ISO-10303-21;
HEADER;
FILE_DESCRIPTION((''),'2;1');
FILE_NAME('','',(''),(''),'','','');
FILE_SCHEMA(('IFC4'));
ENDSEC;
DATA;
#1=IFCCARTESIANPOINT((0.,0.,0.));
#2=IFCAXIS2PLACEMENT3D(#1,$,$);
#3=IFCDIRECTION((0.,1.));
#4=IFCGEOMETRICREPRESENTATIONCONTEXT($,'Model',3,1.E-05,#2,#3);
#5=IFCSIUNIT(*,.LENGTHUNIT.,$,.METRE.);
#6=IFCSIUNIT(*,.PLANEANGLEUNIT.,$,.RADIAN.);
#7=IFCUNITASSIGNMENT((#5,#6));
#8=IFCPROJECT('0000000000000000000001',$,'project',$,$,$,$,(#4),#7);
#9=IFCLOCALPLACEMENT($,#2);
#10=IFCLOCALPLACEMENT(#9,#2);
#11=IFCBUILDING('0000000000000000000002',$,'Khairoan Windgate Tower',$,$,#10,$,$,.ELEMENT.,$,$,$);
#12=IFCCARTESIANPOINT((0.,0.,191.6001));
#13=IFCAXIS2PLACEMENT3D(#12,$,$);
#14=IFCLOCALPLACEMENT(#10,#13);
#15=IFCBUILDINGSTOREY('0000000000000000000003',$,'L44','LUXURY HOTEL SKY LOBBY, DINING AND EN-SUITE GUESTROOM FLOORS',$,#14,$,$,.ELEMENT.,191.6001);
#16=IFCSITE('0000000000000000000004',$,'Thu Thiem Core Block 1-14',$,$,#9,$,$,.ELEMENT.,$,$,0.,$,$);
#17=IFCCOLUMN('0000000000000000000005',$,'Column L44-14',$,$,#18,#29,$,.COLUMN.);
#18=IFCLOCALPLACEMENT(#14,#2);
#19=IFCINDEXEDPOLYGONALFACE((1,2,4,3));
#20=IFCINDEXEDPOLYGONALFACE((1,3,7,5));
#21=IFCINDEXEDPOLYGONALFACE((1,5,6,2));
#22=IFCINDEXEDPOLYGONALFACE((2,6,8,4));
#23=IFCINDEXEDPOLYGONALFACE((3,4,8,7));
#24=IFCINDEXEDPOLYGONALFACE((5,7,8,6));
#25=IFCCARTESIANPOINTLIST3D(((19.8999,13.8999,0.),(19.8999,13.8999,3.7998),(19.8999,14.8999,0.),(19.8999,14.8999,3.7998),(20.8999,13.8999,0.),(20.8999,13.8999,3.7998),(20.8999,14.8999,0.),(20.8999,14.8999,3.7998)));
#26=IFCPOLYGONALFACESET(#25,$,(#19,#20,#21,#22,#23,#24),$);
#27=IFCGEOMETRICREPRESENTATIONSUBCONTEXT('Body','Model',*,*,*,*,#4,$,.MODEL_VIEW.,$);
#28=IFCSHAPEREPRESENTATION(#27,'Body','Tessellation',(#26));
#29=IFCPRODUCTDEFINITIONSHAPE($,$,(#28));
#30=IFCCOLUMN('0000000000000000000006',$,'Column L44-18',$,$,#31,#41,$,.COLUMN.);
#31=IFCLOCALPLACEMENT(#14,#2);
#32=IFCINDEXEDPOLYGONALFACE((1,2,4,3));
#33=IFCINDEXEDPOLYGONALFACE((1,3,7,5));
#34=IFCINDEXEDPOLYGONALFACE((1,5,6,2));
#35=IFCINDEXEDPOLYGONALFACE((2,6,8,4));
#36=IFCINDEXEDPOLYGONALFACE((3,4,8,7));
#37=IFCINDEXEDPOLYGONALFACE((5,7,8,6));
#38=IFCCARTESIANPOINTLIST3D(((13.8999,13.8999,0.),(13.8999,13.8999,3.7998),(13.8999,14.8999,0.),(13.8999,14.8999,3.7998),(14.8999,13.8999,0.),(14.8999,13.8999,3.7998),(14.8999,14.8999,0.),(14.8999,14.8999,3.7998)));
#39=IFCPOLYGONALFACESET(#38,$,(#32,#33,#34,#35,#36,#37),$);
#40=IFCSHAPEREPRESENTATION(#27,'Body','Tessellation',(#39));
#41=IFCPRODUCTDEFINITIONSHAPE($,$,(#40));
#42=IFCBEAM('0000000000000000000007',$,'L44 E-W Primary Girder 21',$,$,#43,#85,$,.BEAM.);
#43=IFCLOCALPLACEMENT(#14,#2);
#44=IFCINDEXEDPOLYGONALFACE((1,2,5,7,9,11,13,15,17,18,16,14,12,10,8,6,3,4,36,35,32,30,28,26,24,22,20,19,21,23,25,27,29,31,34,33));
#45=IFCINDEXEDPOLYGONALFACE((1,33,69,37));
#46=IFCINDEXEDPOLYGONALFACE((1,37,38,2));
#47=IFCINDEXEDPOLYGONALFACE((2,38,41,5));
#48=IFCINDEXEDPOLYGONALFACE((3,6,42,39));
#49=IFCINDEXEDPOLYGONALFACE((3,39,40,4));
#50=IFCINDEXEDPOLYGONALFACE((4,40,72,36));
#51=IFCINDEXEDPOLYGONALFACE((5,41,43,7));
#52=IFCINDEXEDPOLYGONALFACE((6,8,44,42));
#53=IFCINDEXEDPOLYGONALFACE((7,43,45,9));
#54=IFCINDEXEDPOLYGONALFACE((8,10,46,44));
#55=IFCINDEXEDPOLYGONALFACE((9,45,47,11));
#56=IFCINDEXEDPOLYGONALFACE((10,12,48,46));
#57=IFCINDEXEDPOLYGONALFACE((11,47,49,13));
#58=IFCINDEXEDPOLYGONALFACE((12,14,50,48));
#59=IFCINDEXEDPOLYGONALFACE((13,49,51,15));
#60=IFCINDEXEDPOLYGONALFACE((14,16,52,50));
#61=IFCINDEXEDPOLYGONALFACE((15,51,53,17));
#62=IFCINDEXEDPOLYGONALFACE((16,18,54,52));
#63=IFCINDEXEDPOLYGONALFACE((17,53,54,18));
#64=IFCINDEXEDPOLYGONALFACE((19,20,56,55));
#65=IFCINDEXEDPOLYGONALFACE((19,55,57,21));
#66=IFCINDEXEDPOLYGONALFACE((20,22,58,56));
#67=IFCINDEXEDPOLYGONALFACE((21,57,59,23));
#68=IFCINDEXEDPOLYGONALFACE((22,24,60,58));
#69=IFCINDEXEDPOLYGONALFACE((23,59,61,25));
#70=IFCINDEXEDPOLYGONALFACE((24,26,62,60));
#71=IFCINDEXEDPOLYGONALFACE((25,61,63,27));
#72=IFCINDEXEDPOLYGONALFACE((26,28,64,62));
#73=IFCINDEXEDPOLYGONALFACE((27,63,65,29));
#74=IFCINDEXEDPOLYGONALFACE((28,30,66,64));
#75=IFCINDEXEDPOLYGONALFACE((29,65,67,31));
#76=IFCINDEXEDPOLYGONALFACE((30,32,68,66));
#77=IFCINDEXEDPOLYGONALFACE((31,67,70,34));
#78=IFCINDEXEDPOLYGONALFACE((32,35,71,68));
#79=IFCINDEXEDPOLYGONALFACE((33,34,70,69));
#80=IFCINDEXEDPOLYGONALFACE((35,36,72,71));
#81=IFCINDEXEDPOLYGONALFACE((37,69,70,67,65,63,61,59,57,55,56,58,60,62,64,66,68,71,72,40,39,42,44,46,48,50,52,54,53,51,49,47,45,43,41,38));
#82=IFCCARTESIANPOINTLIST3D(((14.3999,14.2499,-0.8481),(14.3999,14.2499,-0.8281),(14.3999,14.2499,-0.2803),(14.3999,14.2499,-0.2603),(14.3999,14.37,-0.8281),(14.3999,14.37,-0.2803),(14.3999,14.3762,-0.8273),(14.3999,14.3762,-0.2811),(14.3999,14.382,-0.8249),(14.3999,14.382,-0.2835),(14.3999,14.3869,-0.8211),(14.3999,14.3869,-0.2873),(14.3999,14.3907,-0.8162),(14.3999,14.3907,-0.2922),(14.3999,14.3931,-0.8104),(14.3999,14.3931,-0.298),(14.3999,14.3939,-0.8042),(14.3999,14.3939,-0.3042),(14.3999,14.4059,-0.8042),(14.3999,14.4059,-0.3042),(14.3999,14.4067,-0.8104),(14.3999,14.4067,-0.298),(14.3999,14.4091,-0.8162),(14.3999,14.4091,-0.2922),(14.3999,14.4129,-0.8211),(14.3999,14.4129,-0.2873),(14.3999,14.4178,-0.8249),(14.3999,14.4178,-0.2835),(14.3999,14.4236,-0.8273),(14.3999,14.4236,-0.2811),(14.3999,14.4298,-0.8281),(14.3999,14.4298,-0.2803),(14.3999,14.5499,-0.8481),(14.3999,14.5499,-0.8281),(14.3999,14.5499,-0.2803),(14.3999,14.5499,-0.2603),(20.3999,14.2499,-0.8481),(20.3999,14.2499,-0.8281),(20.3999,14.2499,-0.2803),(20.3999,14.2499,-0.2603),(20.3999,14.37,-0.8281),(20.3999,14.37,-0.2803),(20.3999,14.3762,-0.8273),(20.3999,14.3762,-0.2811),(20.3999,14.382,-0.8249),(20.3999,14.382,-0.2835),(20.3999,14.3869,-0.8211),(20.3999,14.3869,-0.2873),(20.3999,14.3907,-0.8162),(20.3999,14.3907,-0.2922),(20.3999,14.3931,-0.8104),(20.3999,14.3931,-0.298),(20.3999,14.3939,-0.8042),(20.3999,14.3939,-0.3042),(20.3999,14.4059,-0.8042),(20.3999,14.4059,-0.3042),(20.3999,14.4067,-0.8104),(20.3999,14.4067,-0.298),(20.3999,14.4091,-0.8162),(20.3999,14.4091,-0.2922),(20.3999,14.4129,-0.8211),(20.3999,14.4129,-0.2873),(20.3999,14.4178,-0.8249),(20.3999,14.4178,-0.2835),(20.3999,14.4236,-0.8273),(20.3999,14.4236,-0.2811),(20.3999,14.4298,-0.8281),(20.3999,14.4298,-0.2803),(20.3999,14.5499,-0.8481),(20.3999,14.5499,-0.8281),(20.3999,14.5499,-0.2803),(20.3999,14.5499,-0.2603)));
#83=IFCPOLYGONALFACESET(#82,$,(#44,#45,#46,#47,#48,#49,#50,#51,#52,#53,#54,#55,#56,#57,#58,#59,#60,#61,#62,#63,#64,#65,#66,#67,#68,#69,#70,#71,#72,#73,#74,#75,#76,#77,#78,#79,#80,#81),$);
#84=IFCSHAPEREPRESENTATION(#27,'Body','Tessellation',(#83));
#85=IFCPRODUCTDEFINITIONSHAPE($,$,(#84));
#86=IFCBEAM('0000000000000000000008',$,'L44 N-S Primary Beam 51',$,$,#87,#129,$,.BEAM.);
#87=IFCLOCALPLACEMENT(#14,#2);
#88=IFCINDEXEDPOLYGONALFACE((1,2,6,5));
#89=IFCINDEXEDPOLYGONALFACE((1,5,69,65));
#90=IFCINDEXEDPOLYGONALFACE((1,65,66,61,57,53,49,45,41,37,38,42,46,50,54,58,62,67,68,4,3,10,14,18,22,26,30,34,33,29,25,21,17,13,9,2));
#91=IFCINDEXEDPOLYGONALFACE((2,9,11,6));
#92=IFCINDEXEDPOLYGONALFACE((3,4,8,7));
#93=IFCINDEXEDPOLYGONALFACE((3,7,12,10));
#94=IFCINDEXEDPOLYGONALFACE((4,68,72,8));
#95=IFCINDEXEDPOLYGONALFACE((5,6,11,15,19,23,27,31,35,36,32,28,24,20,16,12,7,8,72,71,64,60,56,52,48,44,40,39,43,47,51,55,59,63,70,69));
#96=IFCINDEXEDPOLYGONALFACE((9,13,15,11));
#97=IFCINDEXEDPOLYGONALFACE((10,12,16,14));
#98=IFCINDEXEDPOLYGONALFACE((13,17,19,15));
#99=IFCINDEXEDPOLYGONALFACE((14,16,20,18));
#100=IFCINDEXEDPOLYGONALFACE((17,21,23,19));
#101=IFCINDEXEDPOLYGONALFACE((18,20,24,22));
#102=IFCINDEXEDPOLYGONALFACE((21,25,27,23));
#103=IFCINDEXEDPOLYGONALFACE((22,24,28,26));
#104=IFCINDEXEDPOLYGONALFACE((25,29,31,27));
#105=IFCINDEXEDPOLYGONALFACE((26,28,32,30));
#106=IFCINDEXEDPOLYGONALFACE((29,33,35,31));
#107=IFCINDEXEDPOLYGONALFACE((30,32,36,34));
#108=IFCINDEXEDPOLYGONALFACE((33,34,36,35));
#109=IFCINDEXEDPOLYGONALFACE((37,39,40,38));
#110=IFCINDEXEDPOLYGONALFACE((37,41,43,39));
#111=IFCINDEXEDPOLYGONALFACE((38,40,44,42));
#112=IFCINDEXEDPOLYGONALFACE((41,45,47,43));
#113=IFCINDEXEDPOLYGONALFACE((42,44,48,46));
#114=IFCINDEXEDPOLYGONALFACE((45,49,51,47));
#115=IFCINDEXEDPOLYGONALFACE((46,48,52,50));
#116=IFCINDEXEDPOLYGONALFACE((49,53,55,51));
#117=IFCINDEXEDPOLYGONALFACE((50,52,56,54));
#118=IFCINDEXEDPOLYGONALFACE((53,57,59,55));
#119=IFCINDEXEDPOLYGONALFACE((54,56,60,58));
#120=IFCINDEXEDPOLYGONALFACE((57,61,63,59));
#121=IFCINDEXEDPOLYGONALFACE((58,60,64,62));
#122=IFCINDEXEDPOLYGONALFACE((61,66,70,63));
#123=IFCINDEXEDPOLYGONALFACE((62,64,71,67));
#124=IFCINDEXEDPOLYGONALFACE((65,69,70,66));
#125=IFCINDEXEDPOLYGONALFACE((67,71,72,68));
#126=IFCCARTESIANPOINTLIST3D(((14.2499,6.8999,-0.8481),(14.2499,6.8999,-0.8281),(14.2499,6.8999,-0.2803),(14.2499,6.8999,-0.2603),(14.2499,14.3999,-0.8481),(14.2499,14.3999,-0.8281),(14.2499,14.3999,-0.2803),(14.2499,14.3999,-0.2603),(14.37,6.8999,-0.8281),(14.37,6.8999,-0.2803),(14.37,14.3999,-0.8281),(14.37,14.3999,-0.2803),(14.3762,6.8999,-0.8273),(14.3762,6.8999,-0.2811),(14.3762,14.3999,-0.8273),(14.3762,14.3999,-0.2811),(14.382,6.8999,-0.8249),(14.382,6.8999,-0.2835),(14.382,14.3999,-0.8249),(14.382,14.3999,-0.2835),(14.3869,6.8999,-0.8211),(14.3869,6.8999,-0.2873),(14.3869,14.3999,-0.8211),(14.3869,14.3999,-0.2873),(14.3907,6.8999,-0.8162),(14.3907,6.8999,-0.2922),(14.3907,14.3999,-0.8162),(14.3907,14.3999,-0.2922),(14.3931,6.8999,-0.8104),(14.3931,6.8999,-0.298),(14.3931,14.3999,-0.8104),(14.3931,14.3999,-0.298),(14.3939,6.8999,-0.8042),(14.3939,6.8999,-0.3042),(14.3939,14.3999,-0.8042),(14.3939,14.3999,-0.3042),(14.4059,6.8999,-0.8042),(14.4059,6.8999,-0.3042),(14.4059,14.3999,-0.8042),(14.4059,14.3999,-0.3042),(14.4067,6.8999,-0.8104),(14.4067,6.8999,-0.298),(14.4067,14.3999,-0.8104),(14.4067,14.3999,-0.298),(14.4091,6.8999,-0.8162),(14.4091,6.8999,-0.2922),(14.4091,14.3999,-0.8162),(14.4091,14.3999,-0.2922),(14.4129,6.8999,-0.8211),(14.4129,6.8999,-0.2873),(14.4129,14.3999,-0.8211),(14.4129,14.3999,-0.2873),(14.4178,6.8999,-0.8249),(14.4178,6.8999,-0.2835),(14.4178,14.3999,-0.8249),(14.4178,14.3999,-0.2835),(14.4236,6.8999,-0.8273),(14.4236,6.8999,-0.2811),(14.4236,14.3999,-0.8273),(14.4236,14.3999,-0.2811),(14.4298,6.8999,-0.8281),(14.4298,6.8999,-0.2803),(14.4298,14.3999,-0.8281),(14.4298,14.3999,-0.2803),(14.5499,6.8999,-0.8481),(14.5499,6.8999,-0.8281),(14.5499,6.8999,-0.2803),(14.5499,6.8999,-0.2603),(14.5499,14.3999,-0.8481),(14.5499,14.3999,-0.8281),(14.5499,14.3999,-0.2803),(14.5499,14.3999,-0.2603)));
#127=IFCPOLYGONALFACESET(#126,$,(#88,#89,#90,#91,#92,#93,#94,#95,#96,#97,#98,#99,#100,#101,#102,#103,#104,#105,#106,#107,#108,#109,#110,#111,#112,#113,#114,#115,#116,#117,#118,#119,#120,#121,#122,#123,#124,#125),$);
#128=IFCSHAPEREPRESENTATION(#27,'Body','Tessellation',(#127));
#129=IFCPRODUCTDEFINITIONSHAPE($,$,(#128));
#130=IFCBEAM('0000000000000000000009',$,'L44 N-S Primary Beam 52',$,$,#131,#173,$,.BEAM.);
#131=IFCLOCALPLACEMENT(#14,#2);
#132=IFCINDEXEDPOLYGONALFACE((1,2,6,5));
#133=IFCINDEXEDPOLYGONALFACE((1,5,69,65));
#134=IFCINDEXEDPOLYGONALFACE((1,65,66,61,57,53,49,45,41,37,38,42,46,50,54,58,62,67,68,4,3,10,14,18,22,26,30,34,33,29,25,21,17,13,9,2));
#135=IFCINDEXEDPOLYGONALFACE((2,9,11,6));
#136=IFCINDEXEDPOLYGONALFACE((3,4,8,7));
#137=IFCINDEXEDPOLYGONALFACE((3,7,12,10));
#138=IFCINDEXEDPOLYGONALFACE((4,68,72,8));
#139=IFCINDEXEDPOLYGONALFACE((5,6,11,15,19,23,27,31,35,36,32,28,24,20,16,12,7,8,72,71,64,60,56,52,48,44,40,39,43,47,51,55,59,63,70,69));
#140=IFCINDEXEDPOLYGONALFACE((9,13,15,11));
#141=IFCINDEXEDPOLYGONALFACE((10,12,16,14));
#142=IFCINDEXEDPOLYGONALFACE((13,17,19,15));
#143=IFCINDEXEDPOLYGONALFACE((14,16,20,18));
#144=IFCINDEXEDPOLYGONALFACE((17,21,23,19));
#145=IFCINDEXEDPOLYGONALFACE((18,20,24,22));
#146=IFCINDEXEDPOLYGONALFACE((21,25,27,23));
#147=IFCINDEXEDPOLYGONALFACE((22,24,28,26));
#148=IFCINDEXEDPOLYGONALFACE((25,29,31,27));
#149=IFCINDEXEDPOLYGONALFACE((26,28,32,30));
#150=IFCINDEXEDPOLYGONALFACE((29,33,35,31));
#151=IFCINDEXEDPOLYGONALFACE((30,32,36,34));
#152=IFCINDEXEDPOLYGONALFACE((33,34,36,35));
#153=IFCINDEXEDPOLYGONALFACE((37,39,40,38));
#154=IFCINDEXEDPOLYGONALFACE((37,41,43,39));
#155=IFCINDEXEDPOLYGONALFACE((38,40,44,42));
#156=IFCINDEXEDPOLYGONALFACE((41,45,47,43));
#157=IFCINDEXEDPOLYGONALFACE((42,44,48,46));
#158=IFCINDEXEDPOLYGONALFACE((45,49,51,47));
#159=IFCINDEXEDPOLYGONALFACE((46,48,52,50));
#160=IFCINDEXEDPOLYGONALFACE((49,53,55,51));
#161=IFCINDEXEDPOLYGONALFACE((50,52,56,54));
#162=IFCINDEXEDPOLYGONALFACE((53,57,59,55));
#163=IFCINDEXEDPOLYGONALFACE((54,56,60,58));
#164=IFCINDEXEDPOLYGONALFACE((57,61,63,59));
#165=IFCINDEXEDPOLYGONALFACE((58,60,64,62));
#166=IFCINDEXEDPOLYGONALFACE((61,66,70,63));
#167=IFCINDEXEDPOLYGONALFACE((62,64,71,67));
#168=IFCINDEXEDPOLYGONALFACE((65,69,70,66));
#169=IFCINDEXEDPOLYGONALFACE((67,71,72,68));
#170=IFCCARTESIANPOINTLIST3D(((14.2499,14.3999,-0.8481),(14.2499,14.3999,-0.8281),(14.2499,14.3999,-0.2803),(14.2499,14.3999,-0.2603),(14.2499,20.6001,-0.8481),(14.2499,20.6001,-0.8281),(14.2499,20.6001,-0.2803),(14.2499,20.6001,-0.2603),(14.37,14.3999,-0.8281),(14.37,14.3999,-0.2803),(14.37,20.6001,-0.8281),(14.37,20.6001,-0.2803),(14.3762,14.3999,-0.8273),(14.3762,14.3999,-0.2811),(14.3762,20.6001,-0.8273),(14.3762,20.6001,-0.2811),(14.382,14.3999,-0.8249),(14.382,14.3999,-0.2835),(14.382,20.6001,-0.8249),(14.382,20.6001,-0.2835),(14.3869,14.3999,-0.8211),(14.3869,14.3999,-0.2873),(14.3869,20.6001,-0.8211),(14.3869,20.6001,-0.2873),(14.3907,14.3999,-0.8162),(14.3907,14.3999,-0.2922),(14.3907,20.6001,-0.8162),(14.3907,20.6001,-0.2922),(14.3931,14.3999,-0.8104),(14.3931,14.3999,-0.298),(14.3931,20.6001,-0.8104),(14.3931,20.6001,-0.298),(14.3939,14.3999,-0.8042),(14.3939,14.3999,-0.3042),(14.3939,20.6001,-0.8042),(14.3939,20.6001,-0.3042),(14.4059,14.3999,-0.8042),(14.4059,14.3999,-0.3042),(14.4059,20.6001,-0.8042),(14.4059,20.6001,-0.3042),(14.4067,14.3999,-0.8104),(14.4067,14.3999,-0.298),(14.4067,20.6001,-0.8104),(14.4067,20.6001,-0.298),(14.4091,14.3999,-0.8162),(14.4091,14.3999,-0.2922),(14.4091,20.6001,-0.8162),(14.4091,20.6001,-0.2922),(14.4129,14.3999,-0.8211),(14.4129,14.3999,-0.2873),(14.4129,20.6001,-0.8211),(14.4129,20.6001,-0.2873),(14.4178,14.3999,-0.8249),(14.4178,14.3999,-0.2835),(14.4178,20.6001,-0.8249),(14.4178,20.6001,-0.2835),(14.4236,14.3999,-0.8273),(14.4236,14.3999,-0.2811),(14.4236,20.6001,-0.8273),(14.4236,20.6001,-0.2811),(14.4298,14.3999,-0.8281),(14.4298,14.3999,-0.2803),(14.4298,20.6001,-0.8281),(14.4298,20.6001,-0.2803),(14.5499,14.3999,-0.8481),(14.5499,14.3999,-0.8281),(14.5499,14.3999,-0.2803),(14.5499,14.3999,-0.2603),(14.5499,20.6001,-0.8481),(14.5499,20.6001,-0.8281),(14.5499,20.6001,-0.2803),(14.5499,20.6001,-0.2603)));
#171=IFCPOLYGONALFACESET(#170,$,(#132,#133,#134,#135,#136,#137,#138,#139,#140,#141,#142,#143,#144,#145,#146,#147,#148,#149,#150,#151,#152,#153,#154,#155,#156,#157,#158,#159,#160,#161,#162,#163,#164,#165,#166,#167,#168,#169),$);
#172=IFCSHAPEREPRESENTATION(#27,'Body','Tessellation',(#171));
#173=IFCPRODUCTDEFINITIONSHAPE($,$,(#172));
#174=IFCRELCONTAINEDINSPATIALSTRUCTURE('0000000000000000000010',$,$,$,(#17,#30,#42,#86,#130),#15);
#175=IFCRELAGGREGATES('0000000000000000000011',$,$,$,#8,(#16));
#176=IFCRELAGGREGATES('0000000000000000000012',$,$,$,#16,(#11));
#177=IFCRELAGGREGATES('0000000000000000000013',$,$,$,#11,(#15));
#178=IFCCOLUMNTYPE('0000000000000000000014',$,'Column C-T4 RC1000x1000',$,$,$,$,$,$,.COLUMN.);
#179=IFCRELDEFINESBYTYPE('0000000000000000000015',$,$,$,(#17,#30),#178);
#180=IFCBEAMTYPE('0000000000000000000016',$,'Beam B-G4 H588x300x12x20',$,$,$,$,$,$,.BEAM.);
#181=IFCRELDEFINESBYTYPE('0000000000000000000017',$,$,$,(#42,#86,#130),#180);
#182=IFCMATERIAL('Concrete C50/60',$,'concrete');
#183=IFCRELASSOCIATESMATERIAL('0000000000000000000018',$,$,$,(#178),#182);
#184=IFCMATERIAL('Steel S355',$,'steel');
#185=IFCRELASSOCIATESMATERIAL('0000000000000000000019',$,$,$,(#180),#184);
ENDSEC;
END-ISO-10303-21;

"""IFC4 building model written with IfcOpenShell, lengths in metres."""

from ifc_helpers import new_model, si_unit, direction, frame, origin, origin_2d, place, context, subcontext, project, spatial, rectangle, i_section, extrude, material, material_profile, profile_set, type_object, element, save


model = new_model("IFC4")

# Units and contexts
model_context = context("Model", 3, precision=1e-05, world=origin(), true_north=direction((0.0, 1.0)))
body_context = subcontext(model_context, "Body", "Model", "MODEL_VIEW")
ifc_project = project(units=[si_unit("LENGTHUNIT", "METRE"), si_unit("PLANEANGLEUNIT", "RADIAN")], contexts=[model_context])

# Site, building, storey
site_placement = place(None, origin())
site = spatial("IfcSite", under=ifc_project, at=site_placement, Name="Thu Thiem Core Block 1-14", CompositionType="ELEMENT", RefElevation=0.0)
building_placement = place(site_placement, origin())
building = spatial("IfcBuilding", under=site, at=building_placement, Name="Khairoan Windgate Tower", CompositionType="ELEMENT")
storey_placement = place(building_placement, frame((0.0, 0.0, 191.6001)))
storey = spatial("IfcBuildingStorey", under=building, at=storey_placement, Name="L44", Description="LUXURY HOTEL SKY LOBBY, DINING AND EN-SUITE GUESTROOM FLOORS", CompositionType="ELEMENT", Elevation=191.6001)

# Columns
ifc_material_1 = material(Name="Concrete C50/60", Category="concrete")
ifc_material_profile_1 = material_profile(ifc_material_1, rectangle(XDim=1.0, YDim=1.0, at=origin_2d()))
ifc_profile_set_1 = profile_set([ifc_material_profile_1], Name="Concrete C50/60")
column_type = type_object("IfcColumnType", Name="Column C-T4 RC1000x1000", PredefinedType="COLUMN", material=ifc_profile_set_1)
for number, where, z_axis, x_axis, name in (
    (1, (20.3999, 14.3999, 0.0), (0.0, 0.0, 1.0), (1.0, 0.0, 0.0), "Column L44-14"),
    (2, (14.3999, 14.3999, 0.0), (0.0, 0.0, 1.0), (1.0, 0.0, 0.0), "Column L44-18"),
):
    element("IfcColumn", number, at=place(storey_placement, frame(where, z_axis=z_axis, x_axis=x_axis)), inside=storey, type_object=column_type, Name=name, PredefinedType="COLUMN", context=body_context, shape_type="SweptSolid", body=[
        extrude(rectangle(XDim=1.0, YDim=1.0, at=origin_2d()), origin(), (0.0, 0.0, 1.0), 3.7998),
    ])

# Beams
ifc_material_2 = material(Name="Steel S355", Category="steel")
ifc_material_profile_2 = material_profile(ifc_material_2, i_section(OverallWidth=0.3, OverallDepth=0.5879, WebThickness=0.012, FlangeThickness=0.02, FilletRadius=0.0239, at=origin_2d()))
ifc_profile_set_2 = profile_set([ifc_material_profile_2], Name="Steel S355")
beam_type_1 = type_object("IfcBeamType", Name="Beam B-G4 H588x300x12x20", PredefinedType="BEAM", material=ifc_profile_set_2)
beam_1_placement = place(storey_placement, frame((14.3999, 14.3999, -0.5542), z_axis=(1.0, 0.0, 0.0), x_axis=(0.0, 1.0, 0.0)))
element("IfcBeam", 3, at=beam_1_placement, inside=storey, type_object=beam_type_1, Name="L44 E-W Primary Girder 21", PredefinedType="BEAM", context=body_context, shape_type="SweptSolid", body=[
    extrude(i_section(OverallWidth=0.3, OverallDepth=0.5879, WebThickness=0.012, FlangeThickness=0.02, FilletRadius=0.0239, at=origin_2d()), origin(), (0.0, 0.0, 1.0), 6.0),
])
beam_2_placement = place(storey_placement, frame((14.3999, 6.8999, -0.5542), z_axis=(0.0, 1.0, 0.0), x_axis=(-1.0, 0.0, 0.0)))
element("IfcBeam", 4, at=beam_2_placement, inside=storey, type_object=beam_type_1, Name="L44 N-S Primary Beam 51", PredefinedType="BEAM", context=body_context, shape_type="SweptSolid", body=[
    extrude(i_section(OverallWidth=0.3, OverallDepth=0.5879, WebThickness=0.012, FlangeThickness=0.02, FilletRadius=0.0239, at=origin_2d()), origin(), (0.0, 0.0, 1.0), 7.5),
])
beam_3_placement = place(storey_placement, frame((14.3999, 14.3999, -0.5542), z_axis=(0.0, 1.0, 0.0), x_axis=(-1.0, 0.0, 0.0)))
element("IfcBeam", 5, at=beam_3_placement, inside=storey, type_object=beam_type_1, Name="L44 N-S Primary Beam 52", PredefinedType="BEAM", context=body_context, shape_type="SweptSolid", body=[
    extrude(i_section(OverallWidth=0.3, OverallDepth=0.5879, WebThickness=0.012, FlangeThickness=0.02, FilletRadius=0.0239, at=origin_2d()), origin(), (0.0, 0.0, 1.0), 6.2002),
])

save(model, "model.ifc")
